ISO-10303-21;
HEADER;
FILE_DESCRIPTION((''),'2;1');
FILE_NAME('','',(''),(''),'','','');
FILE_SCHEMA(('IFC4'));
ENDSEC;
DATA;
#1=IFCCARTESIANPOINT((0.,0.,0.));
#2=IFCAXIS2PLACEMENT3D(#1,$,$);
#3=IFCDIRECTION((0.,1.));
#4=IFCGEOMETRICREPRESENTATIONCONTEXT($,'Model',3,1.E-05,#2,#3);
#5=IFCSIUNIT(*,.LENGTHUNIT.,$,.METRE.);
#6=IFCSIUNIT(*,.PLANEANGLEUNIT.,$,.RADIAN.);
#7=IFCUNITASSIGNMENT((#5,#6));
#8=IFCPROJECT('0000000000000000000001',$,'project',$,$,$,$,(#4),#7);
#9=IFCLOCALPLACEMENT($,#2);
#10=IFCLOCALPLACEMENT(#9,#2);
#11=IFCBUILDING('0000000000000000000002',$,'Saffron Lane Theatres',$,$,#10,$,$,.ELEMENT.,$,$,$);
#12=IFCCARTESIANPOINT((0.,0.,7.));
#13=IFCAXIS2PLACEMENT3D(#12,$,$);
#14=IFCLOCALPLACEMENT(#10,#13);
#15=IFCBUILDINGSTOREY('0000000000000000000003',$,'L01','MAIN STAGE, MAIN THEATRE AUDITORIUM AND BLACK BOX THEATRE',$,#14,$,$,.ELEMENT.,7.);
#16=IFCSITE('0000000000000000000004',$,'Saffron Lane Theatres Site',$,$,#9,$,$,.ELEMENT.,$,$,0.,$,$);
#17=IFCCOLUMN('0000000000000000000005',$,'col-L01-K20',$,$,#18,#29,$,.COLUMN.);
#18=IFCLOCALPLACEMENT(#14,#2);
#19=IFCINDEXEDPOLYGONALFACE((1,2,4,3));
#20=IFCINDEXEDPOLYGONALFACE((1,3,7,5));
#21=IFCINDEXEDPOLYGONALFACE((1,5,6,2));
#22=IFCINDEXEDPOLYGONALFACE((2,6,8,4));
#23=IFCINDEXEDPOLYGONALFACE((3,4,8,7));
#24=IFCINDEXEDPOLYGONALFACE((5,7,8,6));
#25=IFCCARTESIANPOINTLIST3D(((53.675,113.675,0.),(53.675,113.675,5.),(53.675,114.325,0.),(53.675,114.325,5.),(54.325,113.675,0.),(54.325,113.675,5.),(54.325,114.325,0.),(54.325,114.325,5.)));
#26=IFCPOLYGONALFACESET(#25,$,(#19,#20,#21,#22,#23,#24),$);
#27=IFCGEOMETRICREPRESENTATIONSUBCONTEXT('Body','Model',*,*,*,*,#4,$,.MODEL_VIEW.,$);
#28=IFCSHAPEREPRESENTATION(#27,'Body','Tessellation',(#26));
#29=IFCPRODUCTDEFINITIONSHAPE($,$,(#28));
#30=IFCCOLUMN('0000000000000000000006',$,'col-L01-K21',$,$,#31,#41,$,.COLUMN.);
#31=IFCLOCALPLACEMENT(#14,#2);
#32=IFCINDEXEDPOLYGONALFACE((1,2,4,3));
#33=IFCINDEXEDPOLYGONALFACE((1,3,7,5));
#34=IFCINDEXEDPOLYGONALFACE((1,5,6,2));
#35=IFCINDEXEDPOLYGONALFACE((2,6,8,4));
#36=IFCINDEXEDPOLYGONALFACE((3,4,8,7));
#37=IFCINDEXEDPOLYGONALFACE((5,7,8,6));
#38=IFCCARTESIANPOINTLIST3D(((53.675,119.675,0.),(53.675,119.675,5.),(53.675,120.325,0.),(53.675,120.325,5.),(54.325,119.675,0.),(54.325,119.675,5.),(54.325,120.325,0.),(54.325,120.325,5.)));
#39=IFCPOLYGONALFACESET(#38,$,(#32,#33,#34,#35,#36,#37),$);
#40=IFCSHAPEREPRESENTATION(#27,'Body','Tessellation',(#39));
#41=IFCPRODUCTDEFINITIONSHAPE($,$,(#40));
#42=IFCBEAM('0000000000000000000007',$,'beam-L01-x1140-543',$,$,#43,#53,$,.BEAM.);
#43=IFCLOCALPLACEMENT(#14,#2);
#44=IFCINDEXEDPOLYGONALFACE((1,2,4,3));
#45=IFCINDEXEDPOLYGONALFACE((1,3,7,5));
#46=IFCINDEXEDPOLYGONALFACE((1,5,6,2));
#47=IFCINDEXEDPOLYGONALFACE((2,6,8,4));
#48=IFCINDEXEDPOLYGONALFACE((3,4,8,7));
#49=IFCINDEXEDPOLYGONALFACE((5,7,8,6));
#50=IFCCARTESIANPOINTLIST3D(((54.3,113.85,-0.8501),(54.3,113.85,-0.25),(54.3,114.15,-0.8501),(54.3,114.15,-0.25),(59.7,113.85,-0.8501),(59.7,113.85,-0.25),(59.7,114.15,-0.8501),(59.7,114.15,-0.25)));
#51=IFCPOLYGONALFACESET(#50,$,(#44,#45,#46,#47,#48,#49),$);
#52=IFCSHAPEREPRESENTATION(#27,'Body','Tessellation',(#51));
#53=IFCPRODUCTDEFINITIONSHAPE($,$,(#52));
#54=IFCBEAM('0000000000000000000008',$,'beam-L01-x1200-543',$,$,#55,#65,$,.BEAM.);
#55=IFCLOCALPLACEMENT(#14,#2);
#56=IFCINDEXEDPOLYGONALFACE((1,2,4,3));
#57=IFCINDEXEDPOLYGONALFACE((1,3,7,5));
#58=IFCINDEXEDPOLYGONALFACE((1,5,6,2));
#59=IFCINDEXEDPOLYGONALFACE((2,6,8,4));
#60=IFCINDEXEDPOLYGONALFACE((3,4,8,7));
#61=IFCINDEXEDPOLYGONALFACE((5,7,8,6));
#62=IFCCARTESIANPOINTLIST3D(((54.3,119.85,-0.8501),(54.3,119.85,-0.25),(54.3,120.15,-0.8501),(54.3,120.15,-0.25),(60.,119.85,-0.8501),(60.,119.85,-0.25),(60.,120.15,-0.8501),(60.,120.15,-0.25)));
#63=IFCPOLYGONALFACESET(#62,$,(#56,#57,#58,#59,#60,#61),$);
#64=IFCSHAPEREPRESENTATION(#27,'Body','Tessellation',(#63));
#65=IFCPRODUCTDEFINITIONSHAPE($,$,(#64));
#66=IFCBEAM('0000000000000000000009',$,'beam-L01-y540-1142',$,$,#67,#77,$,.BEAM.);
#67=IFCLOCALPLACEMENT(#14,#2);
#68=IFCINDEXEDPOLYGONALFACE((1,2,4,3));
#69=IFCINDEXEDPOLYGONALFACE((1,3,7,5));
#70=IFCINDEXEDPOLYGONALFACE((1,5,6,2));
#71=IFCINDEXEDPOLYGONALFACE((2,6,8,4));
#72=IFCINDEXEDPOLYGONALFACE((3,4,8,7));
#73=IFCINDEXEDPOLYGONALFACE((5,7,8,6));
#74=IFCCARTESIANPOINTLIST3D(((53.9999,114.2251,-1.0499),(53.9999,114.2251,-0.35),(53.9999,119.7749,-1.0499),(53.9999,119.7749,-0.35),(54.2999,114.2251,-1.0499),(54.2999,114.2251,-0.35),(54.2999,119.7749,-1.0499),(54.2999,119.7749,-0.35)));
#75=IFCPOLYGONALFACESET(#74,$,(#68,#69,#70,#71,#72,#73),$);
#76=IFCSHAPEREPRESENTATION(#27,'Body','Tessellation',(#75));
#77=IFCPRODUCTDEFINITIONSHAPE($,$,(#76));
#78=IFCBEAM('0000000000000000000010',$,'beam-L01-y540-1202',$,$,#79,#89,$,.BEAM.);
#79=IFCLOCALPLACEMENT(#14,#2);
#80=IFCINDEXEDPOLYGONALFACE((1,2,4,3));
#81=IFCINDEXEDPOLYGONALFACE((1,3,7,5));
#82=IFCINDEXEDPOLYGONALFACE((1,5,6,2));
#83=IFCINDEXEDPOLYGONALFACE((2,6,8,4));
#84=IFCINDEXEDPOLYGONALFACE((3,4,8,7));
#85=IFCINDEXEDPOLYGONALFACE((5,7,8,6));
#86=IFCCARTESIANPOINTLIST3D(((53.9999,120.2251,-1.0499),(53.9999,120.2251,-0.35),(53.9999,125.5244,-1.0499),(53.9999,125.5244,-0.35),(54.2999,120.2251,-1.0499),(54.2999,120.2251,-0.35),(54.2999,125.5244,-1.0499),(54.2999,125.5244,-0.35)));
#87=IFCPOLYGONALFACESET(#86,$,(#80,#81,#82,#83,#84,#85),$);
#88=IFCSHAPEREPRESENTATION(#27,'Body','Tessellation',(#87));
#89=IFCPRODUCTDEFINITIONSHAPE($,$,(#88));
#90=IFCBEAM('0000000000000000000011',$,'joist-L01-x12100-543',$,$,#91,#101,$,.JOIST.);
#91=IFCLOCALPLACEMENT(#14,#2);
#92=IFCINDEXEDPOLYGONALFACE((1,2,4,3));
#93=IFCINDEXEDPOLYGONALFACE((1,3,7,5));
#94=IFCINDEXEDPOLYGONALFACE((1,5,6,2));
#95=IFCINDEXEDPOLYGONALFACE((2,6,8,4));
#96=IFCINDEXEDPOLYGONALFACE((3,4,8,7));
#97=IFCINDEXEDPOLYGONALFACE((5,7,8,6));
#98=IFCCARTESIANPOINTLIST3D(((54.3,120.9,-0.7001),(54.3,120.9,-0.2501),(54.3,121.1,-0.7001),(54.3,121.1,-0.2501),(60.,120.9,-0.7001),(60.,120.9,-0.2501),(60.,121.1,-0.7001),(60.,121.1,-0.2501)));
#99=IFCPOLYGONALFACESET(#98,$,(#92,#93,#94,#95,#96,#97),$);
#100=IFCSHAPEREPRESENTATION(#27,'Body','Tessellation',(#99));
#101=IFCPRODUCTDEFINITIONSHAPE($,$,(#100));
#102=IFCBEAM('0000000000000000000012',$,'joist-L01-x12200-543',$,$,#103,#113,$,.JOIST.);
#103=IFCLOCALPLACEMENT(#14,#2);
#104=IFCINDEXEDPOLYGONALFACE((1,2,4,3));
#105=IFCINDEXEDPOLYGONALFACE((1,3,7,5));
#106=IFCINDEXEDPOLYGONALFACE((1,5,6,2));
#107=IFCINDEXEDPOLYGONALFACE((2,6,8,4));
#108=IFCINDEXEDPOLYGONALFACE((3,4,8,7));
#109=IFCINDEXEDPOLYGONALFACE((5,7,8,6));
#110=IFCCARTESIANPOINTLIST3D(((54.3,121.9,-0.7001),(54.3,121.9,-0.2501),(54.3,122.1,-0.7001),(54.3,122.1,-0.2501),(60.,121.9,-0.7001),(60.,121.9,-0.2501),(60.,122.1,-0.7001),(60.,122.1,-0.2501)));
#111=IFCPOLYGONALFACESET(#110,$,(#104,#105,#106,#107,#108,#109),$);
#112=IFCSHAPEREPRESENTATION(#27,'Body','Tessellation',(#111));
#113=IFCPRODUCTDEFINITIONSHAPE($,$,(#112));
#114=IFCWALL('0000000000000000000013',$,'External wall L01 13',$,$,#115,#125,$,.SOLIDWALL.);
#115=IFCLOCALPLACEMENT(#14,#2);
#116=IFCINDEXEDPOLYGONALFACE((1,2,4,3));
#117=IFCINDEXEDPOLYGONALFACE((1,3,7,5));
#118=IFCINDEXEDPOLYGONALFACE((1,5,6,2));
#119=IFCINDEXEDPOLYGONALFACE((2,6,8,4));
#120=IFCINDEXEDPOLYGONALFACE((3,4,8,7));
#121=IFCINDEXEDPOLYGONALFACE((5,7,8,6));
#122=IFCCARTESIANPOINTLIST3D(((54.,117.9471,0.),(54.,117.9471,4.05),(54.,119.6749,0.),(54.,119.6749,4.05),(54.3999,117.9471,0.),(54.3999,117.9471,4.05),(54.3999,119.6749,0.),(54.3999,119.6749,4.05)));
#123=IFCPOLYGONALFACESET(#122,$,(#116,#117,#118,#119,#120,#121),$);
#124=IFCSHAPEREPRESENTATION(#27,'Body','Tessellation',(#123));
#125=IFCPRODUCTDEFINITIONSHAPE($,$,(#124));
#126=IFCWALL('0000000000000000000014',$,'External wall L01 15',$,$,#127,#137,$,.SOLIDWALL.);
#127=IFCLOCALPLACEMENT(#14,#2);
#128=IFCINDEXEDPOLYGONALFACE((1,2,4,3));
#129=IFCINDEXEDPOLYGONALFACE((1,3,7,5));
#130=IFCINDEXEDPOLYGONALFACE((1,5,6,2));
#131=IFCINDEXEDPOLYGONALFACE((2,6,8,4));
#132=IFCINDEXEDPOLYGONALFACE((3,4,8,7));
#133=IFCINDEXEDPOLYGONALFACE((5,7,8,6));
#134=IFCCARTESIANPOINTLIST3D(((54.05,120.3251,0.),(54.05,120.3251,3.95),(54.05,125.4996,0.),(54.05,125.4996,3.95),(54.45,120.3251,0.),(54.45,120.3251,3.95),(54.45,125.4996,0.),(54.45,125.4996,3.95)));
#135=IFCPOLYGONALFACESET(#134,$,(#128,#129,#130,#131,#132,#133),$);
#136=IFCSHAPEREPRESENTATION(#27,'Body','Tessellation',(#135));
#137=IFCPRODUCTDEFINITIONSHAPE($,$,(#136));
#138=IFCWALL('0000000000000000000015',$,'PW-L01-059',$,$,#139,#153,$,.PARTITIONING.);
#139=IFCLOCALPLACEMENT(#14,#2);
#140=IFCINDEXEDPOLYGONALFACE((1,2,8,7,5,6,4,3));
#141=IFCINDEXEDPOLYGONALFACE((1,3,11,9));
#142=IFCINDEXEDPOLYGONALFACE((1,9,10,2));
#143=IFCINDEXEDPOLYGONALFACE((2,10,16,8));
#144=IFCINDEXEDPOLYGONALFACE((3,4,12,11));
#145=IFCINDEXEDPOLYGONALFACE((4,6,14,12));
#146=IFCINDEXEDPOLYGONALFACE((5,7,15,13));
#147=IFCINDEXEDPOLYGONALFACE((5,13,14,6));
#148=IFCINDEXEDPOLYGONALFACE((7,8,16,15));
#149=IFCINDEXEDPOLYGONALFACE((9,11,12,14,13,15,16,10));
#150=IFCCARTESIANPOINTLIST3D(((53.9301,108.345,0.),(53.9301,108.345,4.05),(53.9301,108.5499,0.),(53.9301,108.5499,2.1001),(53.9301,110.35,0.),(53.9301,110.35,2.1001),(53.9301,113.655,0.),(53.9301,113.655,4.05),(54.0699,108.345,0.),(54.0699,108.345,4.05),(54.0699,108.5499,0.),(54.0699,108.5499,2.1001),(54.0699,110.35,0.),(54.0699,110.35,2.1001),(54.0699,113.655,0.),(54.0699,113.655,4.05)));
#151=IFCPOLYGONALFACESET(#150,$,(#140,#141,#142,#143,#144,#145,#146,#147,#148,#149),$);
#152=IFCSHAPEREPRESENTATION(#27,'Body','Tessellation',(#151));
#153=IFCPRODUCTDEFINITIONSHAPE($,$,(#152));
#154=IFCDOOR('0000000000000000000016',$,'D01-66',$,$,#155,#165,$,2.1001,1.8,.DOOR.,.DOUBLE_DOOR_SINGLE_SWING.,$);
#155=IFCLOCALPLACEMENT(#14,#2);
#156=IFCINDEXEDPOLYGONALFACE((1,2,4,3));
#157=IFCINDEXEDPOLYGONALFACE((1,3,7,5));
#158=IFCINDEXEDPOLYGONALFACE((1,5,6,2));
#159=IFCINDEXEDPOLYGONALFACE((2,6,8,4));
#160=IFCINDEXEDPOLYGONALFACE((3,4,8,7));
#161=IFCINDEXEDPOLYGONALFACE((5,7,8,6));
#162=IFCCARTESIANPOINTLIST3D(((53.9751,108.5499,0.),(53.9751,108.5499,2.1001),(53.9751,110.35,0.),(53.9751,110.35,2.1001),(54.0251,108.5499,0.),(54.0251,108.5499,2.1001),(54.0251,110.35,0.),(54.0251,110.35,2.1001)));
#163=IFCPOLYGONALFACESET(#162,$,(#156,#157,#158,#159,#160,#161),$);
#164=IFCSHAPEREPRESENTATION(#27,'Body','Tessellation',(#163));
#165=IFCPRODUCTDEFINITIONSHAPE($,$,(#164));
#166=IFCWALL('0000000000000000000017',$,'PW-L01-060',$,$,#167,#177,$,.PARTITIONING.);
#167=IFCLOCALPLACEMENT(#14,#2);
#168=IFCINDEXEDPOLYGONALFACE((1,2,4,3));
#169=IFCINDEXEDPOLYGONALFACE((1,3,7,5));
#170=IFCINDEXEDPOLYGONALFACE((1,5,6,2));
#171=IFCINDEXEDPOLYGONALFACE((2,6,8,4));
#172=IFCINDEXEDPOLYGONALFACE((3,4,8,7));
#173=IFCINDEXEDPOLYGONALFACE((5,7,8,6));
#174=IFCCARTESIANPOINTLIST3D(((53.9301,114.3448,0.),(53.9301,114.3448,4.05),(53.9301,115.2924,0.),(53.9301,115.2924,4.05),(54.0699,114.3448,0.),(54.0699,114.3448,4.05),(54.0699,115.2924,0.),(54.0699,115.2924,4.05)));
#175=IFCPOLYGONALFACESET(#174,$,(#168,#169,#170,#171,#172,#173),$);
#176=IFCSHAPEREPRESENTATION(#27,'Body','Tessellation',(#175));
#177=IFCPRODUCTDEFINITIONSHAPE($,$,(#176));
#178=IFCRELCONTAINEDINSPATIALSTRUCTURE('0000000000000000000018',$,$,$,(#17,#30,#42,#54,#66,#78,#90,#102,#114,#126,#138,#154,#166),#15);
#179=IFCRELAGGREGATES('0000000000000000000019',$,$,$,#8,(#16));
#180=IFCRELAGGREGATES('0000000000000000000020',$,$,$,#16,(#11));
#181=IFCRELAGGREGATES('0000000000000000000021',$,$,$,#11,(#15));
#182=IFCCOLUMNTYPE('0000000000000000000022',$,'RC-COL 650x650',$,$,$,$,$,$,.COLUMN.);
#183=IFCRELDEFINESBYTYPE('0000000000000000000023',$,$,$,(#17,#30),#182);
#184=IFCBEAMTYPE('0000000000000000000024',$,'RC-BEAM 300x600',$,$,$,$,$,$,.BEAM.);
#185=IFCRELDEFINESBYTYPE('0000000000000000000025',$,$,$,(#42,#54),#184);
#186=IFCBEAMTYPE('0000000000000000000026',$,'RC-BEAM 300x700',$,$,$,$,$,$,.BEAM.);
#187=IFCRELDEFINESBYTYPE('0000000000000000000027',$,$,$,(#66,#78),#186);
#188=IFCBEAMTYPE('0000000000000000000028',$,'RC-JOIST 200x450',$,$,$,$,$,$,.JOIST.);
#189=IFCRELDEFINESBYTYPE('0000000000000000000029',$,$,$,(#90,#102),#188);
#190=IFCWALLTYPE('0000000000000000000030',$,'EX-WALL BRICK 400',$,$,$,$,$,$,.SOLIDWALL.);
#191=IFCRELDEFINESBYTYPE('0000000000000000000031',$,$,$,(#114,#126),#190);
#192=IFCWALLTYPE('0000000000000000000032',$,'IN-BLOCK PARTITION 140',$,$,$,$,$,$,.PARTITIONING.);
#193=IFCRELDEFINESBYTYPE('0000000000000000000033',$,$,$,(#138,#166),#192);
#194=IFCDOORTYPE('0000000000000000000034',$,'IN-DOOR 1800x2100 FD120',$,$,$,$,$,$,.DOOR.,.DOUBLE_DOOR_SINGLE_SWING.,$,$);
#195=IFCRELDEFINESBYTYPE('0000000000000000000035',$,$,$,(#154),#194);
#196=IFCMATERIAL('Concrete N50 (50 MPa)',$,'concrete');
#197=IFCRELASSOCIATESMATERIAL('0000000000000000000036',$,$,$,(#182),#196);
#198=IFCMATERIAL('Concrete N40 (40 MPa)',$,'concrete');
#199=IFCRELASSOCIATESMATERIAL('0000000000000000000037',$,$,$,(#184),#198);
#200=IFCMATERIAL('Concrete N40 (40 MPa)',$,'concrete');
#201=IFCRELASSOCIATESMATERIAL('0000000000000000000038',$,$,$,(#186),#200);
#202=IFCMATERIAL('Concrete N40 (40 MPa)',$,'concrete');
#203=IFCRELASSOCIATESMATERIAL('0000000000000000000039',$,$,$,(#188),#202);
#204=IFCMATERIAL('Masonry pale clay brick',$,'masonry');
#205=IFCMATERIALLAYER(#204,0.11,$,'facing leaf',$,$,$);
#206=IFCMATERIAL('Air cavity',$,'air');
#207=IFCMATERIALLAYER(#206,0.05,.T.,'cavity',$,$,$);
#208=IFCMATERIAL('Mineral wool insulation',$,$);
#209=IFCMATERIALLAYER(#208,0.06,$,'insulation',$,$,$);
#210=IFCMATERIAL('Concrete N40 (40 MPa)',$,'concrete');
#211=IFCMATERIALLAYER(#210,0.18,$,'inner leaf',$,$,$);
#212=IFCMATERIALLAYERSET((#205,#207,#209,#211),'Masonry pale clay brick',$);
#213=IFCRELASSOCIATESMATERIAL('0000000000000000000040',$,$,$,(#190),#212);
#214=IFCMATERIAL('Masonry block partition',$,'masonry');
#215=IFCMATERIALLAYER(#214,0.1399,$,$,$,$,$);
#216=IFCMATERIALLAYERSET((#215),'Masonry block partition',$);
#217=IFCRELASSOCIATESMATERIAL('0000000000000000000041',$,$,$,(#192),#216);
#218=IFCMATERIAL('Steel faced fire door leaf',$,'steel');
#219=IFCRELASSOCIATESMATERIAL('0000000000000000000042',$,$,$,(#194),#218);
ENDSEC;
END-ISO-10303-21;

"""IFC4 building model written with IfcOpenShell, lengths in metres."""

from ifc_helpers import new_model, si_unit, direction, frame, frame_2d, origin, origin_2d, place, context, subcontext, project, spatial, rectangle, extrude, material, layer, layer_set, material_profile, profile_set, type_object, element, fill, save


model = new_model("IFC4")

# Units and contexts
model_context = context("Model", 3, precision=1e-05, world=origin(), true_north=direction((0.0, 1.0)))
body_context = subcontext(model_context, "Body", "Model", "MODEL_VIEW")
ifc_project = project(units=[si_unit("LENGTHUNIT", "METRE"), si_unit("PLANEANGLEUNIT", "RADIAN")], contexts=[model_context])

# Site, building, storey
site_placement = place(None, origin())
site = spatial("IfcSite", under=ifc_project, at=site_placement, Name="Saffron Lane Theatres Site", CompositionType="ELEMENT", RefElevation=0.0)
building_placement = place(site_placement, origin())
building = spatial("IfcBuilding", under=site, at=building_placement, Name="Saffron Lane Theatres", CompositionType="ELEMENT")
storey_placement = place(building_placement, frame((0.0, 0.0, 7.0)))
storey = spatial("IfcBuildingStorey", under=building, at=storey_placement, Name="L01", Description="MAIN STAGE, MAIN THEATRE AUDITORIUM AND BLACK BOX THEATRE", CompositionType="ELEMENT", Elevation=7.0)

# Columns
ifc_material_1 = material(Name="Concrete N50 (50 MPa)", Category="concrete")
ifc_material_profile_1 = material_profile(ifc_material_1, rectangle(XDim=0.6499, YDim=0.6499, at=origin_2d()))
ifc_profile_set_1 = profile_set([ifc_material_profile_1], Name="Concrete N50 (50 MPa)")
column_type = type_object("IfcColumnType", Name="RC-COL 650x650", PredefinedType="COLUMN", material=ifc_profile_set_1)
for number, where, z_axis, x_axis, name in (
    (1, (54.0, 114.0, 0.0), (0.0, 0.0, 1.0), (1.0, 0.0, 0.0), "col-L01-K20"),
    (2, (54.0, 120.0, 0.0), (0.0, 0.0, 1.0), (1.0, 0.0, 0.0), "col-L01-K21"),
):
    element("IfcColumn", number, at=place(storey_placement, frame(where, z_axis=z_axis, x_axis=x_axis)), inside=storey, type_object=column_type, Name=name, PredefinedType="COLUMN", context=body_context, shape_type="SweptSolid", body=[
        extrude(rectangle(XDim=0.6499, YDim=0.6499, at=origin_2d()), origin(), (0.0, 0.0, 1.0), 5.0),
    ])

# Beams
ifc_material_2 = material(Name="Concrete N40 (40 MPa)", Category="concrete")
ifc_material_profile_2 = material_profile(ifc_material_2, rectangle(XDim=0.3, YDim=0.6001, at=origin_2d()))
ifc_profile_set_2 = profile_set([ifc_material_profile_2], Name="Concrete N40 (40 MPa)")
beam_type_1 = type_object("IfcBeamType", Name="RC-BEAM 300x600", PredefinedType="BEAM", material=ifc_profile_set_2)
beam_1_placement = place(storey_placement, frame((54.3, 114.0, -0.55), z_axis=(1.0, 0.0, 0.0), x_axis=(0.0, 1.0, 0.0)))
element("IfcBeam", 3, at=beam_1_placement, inside=storey, type_object=beam_type_1, Name="beam-L01-x1140-543", PredefinedType="BEAM", context=body_context, shape_type="SweptSolid", body=[
    extrude(rectangle(XDim=0.3, YDim=0.6001, at=origin_2d()), origin(), (0.0, 0.0, 1.0), 5.3999),
])
beam_2_placement = place(storey_placement, frame((54.3, 120.0, -0.55), z_axis=(1.0, 0.0, 0.0), x_axis=(0.0, 1.0, 0.0)))
element("IfcBeam", 4, at=beam_2_placement, inside=storey, type_object=beam_type_1, Name="beam-L01-x1200-543", PredefinedType="BEAM", context=body_context, shape_type="SweptSolid", body=[
    extrude(rectangle(XDim=0.3, YDim=0.6001, at=origin_2d()), origin(), (0.0, 0.0, 1.0), 5.7),
])
ifc_material_3 = material(Name="Concrete N40 (40 MPa)", Category="concrete")
ifc_material_profile_3 = material_profile(ifc_material_3, rectangle(XDim=0.3, YDim=0.7, at=origin_2d()))
ifc_profile_set_3 = profile_set([ifc_material_profile_3], Name="Concrete N40 (40 MPa)")
beam_type_2 = type_object("IfcBeamType", Name="RC-BEAM 300x700", PredefinedType="BEAM", material=ifc_profile_set_3)
beam_3_placement = place(storey_placement, frame((54.1499, 114.2251, -0.7), z_axis=(0.0, 1.0, 0.0), x_axis=(-1.0, 0.0, 0.0)))
element("IfcBeam", 5, at=beam_3_placement, inside=storey, type_object=beam_type_2, Name="beam-L01-y540-1142", PredefinedType="BEAM", context=body_context, shape_type="SweptSolid", body=[
    extrude(rectangle(XDim=0.3, YDim=0.7, at=origin_2d()), origin(), (0.0, 0.0, 1.0), 5.5498),
])
beam_4_placement = place(storey_placement, frame((54.1499, 120.2251, -0.7), z_axis=(0.0, 1.0, 0.0), x_axis=(-1.0, 0.0, 0.0)))
element("IfcBeam", 6, at=beam_4_placement, inside=storey, type_object=beam_type_2, Name="beam-L01-y540-1202", PredefinedType="BEAM", context=body_context, shape_type="SweptSolid", body=[
    extrude(rectangle(XDim=0.3, YDim=0.7, at=origin_2d()), origin(), (0.0, 0.0, 1.0), 5.2993),
])
ifc_material_4 = material(Name="Concrete N40 (40 MPa)", Category="concrete")
ifc_material_profile_4 = material_profile(ifc_material_4, rectangle(XDim=0.2, YDim=0.45, at=origin_2d()))
ifc_profile_set_4 = profile_set([ifc_material_profile_4], Name="Concrete N40 (40 MPa)")
beam_type_3 = type_object("IfcBeamType", Name="RC-JOIST 200x450", PredefinedType="JOIST", material=ifc_profile_set_4)
for number, where, z_axis, x_axis, name in (
    (7, (54.3, 121.0, -0.4751), (1.0, 0.0, 0.0), (0.0, 1.0, 0.0), "joist-L01-x12100-543"),
    (8, (54.3, 122.0, -0.4751), (1.0, 0.0, 0.0), (0.0, 1.0, 0.0), "joist-L01-x12200-543"),
):
    element("IfcBeam", number, at=place(storey_placement, frame(where, z_axis=z_axis, x_axis=x_axis)), inside=storey, type_object=beam_type_3, Name=name, PredefinedType="JOIST", context=body_context, shape_type="SweptSolid", body=[
        extrude(rectangle(XDim=0.2, YDim=0.45, at=origin_2d()), origin(), (0.0, 0.0, 1.0), 5.7),
    ])

# Walls
ifc_material_5 = material(Name="Masonry pale clay brick", Category="masonry")
ifc_layer_1 = layer(ifc_material_5, 0.11, Name="facing leaf")
ifc_material_6 = material(Name="Air cavity", Category="air")
ifc_layer_2 = layer(ifc_material_6, 0.05, ventilated=True, Name="cavity")
ifc_material_7 = material(Name="Mineral wool insulation")
ifc_layer_3 = layer(ifc_material_7, 0.06, Name="insulation")
ifc_material_8 = material(Name="Concrete N40 (40 MPa)", Category="concrete")
ifc_layer_4 = layer(ifc_material_8, 0.18, Name="inner leaf")
ifc_layer_set_1 = layer_set([ifc_layer_1, ifc_layer_2, ifc_layer_3, ifc_layer_4], Name="Masonry pale clay brick")
wall_type_1 = type_object("IfcWallType", Name="EX-WALL BRICK 400", PredefinedType="SOLIDWALL", material=ifc_layer_set_1)
wall_1_placement = place(storey_placement, frame((54.2, 117.9473, 0.0), z_axis=(0.0, 0.0, 1.0), x_axis=(0.0, 1.0, 0.0)))
element("IfcWall", 9, at=wall_1_placement, inside=storey, type_object=wall_type_1, Name="External wall L01 13", PredefinedType="SOLIDWALL", context=body_context, shape_type="SweptSolid", body=[
    extrude(rectangle(XDim=1.7278, YDim=0.3999, at=frame_2d((0.8638, 0.0))), origin(), (0.0, 0.0, 1.0), 4.05),
])
wall_2_placement = place(storey_placement, frame((54.25, 120.325, 0.0), z_axis=(0.0, 0.0, 1.0), x_axis=(0.0, 1.0, 0.0)))
element("IfcWall", 10, at=wall_2_placement, inside=storey, type_object=wall_type_1, Name="External wall L01 15", PredefinedType="SOLIDWALL", context=body_context, shape_type="SweptSolid", body=[
    extrude(rectangle(XDim=5.1746, YDim=0.3999, at=frame_2d((2.5874, 0.0))), origin(), (0.0, 0.0, 1.0), 3.95),
])

# Wall, opening, door
ifc_material_9 = material(Name="Masonry block partition", Category="masonry")
ifc_layer_5 = layer(ifc_material_9, 0.1399)
ifc_layer_set_2 = layer_set([ifc_layer_5], Name="Masonry block partition")
wall_type_2 = type_object("IfcWallType", Name="IN-BLOCK PARTITION 140", PredefinedType="PARTITIONING", material=ifc_layer_set_2)
wall_3_placement = place(storey_placement, frame((54.0, 108.345, 0.0), z_axis=(0.0, 0.0, 1.0), x_axis=(0.0, 1.0, 0.0)))
wall_3 = element("IfcWall", 11, at=wall_3_placement, inside=storey, type_object=wall_type_2, Name="PW-L01-059", PredefinedType="PARTITIONING", context=body_context, shape_type="SweptSolid", body=[
    extrude(rectangle(XDim=5.3101, YDim=0.1399, at=frame_2d((2.655, 0.0))), origin(), (0.0, 0.0, 1.0), 4.05),
])
opening_placement = place(wall_3_placement, frame((0.2051, 0.0, 0.0)))
opening = element("IfcOpeningElement", 12, at=opening_placement, cuts=wall_3, PredefinedType="OPENING", context=body_context, shape_type="SweptSolid", body=[
    extrude(rectangle(XDim=1.8, YDim=2.1001, at=frame_2d((0.8999, 1.05))), frame((0.0, 0.0801, 0.0), z_axis=(0.0, -1.0, 0.0), x_axis=(1.0, 0.0, 0.0)), (0.0, 0.0, 1.0), 0.1599),
])
ifc_material_10 = material(Name="Steel faced fire door leaf", Category="steel")
door_type = type_object("IfcDoorType", Name="IN-DOOR 1800x2100 FD120", OperationType="DOUBLE_DOOR_SINGLE_SWING", PredefinedType="DOOR", material=ifc_material_10)
door_placement = place(opening_placement, origin())
door = element("IfcDoor", 13, at=door_placement, inside=storey, type_object=door_type, Name="D01-66", OperationType="DOUBLE_DOOR_SINGLE_SWING", OverallHeight=2.1001, OverallWidth=1.8, PredefinedType="DOOR", context=body_context, shape_type="SweptSolid", body=[
    extrude(rectangle(XDim=1.8, YDim=2.1001, at=frame_2d((0.8999, 1.05))), frame((0.0, 0.0249, 0.0), z_axis=(0.0, -1.0, 0.0), x_axis=(1.0, 0.0, 0.0)), (0.0, 0.0, 1.0), 0.05),
])
fill(opening, door)

# Wall
wall_4_placement = place(storey_placement, frame((54.0, 114.345, 0.0), z_axis=(0.0, 0.0, 1.0), x_axis=(0.0, 1.0, 0.0)))
element("IfcWall", 14, at=wall_4_placement, inside=storey, type_object=wall_type_2, Name="PW-L01-060", PredefinedType="PARTITIONING", context=body_context, shape_type="SweptSolid", body=[
    extrude(rectangle(XDim=0.9475, YDim=0.1399, at=frame_2d((0.4736, 0.0))), origin(), (0.0, 0.0, 1.0), 4.05),
])

save(model, "model.ifc")
